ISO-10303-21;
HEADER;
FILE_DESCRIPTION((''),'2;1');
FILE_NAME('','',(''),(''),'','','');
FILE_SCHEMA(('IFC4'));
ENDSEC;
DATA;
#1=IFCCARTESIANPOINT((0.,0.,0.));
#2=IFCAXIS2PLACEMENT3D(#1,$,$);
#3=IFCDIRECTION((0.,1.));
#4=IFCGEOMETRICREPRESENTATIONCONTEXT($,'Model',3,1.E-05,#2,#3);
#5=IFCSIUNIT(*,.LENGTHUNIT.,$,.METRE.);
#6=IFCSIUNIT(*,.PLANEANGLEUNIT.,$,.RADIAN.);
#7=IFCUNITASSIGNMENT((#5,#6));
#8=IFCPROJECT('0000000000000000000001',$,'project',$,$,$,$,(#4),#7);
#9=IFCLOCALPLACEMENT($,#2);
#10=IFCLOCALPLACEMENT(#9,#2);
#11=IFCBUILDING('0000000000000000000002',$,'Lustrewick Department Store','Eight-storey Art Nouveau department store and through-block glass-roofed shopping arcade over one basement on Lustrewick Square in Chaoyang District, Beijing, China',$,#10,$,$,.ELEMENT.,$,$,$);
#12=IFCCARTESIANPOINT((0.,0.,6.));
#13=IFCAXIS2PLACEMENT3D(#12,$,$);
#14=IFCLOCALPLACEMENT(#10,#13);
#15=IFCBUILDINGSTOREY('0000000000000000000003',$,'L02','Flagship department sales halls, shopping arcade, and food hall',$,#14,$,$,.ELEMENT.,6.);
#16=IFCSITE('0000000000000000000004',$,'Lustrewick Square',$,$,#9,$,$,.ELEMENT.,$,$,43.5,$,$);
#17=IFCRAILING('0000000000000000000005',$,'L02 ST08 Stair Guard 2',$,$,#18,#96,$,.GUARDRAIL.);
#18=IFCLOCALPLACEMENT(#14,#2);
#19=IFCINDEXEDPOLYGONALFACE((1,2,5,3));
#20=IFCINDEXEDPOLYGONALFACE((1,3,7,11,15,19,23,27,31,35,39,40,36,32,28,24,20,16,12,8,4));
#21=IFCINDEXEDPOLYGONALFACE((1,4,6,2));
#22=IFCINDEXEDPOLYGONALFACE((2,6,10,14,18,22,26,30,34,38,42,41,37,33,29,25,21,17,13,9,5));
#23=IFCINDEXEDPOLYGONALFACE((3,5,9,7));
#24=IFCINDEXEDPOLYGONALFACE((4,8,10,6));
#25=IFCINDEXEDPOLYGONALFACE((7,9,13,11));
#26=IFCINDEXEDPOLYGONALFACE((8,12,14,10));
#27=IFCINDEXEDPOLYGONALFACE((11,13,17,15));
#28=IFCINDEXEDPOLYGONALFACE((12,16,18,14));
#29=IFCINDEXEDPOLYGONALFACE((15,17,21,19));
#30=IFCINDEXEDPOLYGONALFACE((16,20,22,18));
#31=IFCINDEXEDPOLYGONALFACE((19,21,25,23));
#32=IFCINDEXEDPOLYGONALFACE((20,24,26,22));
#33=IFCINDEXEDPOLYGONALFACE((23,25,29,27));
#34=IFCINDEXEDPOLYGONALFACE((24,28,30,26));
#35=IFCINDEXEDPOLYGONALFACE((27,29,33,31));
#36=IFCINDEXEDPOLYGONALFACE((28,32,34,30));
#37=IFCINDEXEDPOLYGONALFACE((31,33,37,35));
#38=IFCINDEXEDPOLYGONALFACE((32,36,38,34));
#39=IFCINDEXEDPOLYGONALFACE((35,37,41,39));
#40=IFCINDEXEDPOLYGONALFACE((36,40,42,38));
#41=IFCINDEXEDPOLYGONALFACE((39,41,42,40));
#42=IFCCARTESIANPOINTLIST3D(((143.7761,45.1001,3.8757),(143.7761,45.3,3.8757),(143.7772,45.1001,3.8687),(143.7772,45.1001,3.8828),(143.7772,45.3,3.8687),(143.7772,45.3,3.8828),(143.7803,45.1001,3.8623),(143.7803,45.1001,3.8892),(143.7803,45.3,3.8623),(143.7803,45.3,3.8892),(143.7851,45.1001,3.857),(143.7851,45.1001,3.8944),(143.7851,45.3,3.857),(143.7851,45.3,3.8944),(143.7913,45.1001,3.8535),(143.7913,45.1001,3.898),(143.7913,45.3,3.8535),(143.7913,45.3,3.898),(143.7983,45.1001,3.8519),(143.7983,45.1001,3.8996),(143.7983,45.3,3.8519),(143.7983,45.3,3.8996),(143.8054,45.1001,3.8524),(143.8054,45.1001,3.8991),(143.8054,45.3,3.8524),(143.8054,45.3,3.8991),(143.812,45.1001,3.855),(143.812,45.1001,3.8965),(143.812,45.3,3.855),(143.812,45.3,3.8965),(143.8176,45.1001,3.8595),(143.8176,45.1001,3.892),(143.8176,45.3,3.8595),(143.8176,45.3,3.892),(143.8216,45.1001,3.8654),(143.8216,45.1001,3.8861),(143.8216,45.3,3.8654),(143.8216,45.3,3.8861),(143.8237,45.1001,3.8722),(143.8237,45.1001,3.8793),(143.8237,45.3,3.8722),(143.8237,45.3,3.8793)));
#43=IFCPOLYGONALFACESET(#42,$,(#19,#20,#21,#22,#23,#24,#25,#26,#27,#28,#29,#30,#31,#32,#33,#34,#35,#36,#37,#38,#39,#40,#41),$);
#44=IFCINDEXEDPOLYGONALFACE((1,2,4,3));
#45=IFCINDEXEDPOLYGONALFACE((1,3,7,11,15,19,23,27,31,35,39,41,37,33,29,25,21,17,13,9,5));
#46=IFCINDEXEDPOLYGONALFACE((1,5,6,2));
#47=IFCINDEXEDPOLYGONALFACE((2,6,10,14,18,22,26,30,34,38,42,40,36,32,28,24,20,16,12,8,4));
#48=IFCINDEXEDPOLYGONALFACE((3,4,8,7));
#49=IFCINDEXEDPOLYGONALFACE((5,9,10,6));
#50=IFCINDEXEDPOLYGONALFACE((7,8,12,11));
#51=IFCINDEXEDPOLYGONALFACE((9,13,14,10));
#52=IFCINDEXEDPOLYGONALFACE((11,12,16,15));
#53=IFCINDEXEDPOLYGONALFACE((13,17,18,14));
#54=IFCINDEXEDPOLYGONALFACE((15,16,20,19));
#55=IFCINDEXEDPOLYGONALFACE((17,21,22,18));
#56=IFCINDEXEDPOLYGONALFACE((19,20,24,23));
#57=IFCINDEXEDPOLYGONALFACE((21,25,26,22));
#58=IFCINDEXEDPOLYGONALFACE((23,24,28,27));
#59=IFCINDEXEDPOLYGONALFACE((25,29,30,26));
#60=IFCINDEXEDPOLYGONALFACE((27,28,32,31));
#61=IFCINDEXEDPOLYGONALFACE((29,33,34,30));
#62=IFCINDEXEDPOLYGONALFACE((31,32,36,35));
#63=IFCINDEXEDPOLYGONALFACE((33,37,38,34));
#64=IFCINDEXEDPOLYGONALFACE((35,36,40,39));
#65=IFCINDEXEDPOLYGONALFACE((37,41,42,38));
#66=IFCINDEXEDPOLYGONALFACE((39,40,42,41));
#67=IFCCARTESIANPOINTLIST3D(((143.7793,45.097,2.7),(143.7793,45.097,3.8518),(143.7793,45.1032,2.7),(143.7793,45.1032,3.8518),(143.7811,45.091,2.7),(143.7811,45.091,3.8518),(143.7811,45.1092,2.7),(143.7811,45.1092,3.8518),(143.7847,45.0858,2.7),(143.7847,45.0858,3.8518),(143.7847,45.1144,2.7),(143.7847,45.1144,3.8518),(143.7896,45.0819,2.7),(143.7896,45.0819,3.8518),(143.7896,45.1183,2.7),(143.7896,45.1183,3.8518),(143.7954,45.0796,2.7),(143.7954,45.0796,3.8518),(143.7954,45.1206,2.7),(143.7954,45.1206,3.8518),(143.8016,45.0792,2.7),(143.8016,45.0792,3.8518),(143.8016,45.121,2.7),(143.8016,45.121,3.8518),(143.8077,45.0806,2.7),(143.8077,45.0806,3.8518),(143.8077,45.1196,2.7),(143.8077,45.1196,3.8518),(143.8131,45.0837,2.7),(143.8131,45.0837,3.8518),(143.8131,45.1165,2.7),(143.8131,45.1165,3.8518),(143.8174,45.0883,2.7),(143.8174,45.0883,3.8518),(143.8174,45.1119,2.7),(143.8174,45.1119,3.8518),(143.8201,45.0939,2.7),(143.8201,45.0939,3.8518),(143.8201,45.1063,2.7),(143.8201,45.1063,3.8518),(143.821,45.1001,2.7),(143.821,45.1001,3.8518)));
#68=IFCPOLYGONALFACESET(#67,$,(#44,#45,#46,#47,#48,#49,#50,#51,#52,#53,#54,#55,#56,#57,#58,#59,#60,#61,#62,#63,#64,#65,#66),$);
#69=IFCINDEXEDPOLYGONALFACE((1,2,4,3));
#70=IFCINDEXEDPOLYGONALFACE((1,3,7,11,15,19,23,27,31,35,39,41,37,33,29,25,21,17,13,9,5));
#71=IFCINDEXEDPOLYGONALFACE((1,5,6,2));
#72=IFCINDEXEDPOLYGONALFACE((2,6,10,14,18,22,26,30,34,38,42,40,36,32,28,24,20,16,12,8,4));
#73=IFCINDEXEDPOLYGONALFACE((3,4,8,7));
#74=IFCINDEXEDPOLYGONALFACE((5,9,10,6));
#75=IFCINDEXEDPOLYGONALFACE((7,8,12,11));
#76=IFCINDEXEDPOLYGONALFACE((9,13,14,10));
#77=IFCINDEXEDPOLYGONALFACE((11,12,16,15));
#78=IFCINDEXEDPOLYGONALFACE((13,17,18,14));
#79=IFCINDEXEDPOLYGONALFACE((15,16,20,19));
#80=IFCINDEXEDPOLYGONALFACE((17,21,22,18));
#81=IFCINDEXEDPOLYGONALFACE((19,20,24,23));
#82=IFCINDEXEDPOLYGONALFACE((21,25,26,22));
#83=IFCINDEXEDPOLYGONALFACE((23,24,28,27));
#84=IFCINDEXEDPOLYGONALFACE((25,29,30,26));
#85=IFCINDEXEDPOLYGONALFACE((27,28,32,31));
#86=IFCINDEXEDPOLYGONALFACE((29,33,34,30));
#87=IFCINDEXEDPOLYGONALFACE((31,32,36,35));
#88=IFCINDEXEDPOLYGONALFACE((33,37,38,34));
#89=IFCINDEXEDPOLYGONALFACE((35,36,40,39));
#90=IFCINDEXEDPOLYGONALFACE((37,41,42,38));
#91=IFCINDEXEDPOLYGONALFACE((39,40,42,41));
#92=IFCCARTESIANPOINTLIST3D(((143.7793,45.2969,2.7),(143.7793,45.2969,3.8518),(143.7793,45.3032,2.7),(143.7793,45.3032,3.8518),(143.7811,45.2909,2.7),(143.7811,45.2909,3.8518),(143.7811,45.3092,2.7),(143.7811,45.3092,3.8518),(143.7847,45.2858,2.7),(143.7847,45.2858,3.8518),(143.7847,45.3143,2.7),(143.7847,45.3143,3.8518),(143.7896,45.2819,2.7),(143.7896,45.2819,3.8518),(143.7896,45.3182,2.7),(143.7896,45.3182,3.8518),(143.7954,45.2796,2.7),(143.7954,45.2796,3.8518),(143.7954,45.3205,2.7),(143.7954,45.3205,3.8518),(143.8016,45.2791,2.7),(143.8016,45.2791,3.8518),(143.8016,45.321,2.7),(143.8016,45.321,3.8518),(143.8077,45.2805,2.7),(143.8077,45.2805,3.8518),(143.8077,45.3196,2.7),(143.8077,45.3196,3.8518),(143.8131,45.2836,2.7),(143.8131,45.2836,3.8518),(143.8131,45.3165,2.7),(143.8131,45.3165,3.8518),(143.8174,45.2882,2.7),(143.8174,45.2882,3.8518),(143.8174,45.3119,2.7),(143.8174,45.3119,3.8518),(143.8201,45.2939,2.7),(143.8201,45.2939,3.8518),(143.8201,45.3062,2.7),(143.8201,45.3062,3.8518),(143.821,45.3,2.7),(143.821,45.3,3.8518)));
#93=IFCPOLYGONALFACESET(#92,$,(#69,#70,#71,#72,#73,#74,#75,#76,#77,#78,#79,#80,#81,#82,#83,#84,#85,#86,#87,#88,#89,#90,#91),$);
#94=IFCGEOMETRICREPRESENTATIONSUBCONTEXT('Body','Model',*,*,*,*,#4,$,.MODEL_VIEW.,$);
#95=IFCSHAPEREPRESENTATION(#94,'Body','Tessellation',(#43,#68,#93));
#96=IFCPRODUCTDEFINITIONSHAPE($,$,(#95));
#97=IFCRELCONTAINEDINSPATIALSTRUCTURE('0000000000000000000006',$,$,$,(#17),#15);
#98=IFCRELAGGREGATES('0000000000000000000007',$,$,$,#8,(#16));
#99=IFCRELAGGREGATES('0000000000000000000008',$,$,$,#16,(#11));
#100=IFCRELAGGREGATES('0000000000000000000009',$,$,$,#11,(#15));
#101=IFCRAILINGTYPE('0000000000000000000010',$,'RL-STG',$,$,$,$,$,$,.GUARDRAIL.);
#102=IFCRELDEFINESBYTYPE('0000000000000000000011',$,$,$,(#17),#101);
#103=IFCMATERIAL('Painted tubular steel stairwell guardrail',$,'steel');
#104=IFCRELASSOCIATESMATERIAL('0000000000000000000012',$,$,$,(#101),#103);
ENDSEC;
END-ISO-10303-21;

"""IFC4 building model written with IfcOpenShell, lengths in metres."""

from ifc_helpers import new_model, si_unit, direction, frame, origin, origin_2d, place, context, subcontext, project, spatial, circle, extrude, material, type_object, element, save


model = new_model("IFC4")

# Units and contexts
model_context = context("Model", 3, precision=1e-05, world=origin(), true_north=direction((0.0, 1.0)))
body_context = subcontext(model_context, "Body", "Model", "MODEL_VIEW")
ifc_project = project(units=[si_unit("LENGTHUNIT", "METRE"), si_unit("PLANEANGLEUNIT", "RADIAN")], contexts=[model_context])

# Site, building, storey
site_placement = place(None, origin())
site = spatial("IfcSite", under=ifc_project, at=site_placement, Name="Lustrewick Square", CompositionType="ELEMENT", RefElevation=43.5)
building_placement = place(site_placement, origin())
building = spatial("IfcBuilding", under=site, at=building_placement, Name="Lustrewick Department Store", Description="Eight-storey Art Nouveau department store and through-block glass-roofed shopping arcade over one basement on Lustrewick Square in Chaoyang District, Beijing, China", CompositionType="ELEMENT")
storey_placement = place(building_placement, frame((0.0, 0.0, 6.0)))
storey = spatial("IfcBuildingStorey", under=building, at=storey_placement, Name="L02", Description="Flagship department sales halls, shopping arcade, and food hall", CompositionType="ELEMENT", Elevation=6.0)

# Railing
ifc_material_1 = material(Name="Painted tubular steel stairwell guardrail", Category="steel")
railing_type_1 = type_object("IfcRailingType", Name="RL-STG", PredefinedType="GUARDRAIL", material=ifc_material_1)
railing_1_placement = place(storey_placement, frame((143.8, 45.1001, 2.7)))
element("IfcRailing", 1, at=railing_1_placement, inside=storey, type_object=railing_type_1, Name="L02 ST08 Stair Guard 2", PredefinedType="GUARDRAIL", context=body_context, shape_type="SweptSolid", body=[
    extrude(circle(Radius=0.0239, at=origin_2d()), frame((0.0, 0.0, 1.1758), z_axis=(0.0, 1.0, 0.0), x_axis=(-1.0, 0.0, 0.0)), (0.0, 0.0, 1.0), 0.2),
    extrude(circle(Radius=0.021, at=origin_2d()), origin(), (0.0, 0.0, 1.0), 1.1519),
    extrude(circle(Radius=0.021, at=origin_2d()), frame((0.0, 0.2, 0.0)), (0.0, 0.0, 1.0), 1.1519),
])

save(model, "model.ifc")
